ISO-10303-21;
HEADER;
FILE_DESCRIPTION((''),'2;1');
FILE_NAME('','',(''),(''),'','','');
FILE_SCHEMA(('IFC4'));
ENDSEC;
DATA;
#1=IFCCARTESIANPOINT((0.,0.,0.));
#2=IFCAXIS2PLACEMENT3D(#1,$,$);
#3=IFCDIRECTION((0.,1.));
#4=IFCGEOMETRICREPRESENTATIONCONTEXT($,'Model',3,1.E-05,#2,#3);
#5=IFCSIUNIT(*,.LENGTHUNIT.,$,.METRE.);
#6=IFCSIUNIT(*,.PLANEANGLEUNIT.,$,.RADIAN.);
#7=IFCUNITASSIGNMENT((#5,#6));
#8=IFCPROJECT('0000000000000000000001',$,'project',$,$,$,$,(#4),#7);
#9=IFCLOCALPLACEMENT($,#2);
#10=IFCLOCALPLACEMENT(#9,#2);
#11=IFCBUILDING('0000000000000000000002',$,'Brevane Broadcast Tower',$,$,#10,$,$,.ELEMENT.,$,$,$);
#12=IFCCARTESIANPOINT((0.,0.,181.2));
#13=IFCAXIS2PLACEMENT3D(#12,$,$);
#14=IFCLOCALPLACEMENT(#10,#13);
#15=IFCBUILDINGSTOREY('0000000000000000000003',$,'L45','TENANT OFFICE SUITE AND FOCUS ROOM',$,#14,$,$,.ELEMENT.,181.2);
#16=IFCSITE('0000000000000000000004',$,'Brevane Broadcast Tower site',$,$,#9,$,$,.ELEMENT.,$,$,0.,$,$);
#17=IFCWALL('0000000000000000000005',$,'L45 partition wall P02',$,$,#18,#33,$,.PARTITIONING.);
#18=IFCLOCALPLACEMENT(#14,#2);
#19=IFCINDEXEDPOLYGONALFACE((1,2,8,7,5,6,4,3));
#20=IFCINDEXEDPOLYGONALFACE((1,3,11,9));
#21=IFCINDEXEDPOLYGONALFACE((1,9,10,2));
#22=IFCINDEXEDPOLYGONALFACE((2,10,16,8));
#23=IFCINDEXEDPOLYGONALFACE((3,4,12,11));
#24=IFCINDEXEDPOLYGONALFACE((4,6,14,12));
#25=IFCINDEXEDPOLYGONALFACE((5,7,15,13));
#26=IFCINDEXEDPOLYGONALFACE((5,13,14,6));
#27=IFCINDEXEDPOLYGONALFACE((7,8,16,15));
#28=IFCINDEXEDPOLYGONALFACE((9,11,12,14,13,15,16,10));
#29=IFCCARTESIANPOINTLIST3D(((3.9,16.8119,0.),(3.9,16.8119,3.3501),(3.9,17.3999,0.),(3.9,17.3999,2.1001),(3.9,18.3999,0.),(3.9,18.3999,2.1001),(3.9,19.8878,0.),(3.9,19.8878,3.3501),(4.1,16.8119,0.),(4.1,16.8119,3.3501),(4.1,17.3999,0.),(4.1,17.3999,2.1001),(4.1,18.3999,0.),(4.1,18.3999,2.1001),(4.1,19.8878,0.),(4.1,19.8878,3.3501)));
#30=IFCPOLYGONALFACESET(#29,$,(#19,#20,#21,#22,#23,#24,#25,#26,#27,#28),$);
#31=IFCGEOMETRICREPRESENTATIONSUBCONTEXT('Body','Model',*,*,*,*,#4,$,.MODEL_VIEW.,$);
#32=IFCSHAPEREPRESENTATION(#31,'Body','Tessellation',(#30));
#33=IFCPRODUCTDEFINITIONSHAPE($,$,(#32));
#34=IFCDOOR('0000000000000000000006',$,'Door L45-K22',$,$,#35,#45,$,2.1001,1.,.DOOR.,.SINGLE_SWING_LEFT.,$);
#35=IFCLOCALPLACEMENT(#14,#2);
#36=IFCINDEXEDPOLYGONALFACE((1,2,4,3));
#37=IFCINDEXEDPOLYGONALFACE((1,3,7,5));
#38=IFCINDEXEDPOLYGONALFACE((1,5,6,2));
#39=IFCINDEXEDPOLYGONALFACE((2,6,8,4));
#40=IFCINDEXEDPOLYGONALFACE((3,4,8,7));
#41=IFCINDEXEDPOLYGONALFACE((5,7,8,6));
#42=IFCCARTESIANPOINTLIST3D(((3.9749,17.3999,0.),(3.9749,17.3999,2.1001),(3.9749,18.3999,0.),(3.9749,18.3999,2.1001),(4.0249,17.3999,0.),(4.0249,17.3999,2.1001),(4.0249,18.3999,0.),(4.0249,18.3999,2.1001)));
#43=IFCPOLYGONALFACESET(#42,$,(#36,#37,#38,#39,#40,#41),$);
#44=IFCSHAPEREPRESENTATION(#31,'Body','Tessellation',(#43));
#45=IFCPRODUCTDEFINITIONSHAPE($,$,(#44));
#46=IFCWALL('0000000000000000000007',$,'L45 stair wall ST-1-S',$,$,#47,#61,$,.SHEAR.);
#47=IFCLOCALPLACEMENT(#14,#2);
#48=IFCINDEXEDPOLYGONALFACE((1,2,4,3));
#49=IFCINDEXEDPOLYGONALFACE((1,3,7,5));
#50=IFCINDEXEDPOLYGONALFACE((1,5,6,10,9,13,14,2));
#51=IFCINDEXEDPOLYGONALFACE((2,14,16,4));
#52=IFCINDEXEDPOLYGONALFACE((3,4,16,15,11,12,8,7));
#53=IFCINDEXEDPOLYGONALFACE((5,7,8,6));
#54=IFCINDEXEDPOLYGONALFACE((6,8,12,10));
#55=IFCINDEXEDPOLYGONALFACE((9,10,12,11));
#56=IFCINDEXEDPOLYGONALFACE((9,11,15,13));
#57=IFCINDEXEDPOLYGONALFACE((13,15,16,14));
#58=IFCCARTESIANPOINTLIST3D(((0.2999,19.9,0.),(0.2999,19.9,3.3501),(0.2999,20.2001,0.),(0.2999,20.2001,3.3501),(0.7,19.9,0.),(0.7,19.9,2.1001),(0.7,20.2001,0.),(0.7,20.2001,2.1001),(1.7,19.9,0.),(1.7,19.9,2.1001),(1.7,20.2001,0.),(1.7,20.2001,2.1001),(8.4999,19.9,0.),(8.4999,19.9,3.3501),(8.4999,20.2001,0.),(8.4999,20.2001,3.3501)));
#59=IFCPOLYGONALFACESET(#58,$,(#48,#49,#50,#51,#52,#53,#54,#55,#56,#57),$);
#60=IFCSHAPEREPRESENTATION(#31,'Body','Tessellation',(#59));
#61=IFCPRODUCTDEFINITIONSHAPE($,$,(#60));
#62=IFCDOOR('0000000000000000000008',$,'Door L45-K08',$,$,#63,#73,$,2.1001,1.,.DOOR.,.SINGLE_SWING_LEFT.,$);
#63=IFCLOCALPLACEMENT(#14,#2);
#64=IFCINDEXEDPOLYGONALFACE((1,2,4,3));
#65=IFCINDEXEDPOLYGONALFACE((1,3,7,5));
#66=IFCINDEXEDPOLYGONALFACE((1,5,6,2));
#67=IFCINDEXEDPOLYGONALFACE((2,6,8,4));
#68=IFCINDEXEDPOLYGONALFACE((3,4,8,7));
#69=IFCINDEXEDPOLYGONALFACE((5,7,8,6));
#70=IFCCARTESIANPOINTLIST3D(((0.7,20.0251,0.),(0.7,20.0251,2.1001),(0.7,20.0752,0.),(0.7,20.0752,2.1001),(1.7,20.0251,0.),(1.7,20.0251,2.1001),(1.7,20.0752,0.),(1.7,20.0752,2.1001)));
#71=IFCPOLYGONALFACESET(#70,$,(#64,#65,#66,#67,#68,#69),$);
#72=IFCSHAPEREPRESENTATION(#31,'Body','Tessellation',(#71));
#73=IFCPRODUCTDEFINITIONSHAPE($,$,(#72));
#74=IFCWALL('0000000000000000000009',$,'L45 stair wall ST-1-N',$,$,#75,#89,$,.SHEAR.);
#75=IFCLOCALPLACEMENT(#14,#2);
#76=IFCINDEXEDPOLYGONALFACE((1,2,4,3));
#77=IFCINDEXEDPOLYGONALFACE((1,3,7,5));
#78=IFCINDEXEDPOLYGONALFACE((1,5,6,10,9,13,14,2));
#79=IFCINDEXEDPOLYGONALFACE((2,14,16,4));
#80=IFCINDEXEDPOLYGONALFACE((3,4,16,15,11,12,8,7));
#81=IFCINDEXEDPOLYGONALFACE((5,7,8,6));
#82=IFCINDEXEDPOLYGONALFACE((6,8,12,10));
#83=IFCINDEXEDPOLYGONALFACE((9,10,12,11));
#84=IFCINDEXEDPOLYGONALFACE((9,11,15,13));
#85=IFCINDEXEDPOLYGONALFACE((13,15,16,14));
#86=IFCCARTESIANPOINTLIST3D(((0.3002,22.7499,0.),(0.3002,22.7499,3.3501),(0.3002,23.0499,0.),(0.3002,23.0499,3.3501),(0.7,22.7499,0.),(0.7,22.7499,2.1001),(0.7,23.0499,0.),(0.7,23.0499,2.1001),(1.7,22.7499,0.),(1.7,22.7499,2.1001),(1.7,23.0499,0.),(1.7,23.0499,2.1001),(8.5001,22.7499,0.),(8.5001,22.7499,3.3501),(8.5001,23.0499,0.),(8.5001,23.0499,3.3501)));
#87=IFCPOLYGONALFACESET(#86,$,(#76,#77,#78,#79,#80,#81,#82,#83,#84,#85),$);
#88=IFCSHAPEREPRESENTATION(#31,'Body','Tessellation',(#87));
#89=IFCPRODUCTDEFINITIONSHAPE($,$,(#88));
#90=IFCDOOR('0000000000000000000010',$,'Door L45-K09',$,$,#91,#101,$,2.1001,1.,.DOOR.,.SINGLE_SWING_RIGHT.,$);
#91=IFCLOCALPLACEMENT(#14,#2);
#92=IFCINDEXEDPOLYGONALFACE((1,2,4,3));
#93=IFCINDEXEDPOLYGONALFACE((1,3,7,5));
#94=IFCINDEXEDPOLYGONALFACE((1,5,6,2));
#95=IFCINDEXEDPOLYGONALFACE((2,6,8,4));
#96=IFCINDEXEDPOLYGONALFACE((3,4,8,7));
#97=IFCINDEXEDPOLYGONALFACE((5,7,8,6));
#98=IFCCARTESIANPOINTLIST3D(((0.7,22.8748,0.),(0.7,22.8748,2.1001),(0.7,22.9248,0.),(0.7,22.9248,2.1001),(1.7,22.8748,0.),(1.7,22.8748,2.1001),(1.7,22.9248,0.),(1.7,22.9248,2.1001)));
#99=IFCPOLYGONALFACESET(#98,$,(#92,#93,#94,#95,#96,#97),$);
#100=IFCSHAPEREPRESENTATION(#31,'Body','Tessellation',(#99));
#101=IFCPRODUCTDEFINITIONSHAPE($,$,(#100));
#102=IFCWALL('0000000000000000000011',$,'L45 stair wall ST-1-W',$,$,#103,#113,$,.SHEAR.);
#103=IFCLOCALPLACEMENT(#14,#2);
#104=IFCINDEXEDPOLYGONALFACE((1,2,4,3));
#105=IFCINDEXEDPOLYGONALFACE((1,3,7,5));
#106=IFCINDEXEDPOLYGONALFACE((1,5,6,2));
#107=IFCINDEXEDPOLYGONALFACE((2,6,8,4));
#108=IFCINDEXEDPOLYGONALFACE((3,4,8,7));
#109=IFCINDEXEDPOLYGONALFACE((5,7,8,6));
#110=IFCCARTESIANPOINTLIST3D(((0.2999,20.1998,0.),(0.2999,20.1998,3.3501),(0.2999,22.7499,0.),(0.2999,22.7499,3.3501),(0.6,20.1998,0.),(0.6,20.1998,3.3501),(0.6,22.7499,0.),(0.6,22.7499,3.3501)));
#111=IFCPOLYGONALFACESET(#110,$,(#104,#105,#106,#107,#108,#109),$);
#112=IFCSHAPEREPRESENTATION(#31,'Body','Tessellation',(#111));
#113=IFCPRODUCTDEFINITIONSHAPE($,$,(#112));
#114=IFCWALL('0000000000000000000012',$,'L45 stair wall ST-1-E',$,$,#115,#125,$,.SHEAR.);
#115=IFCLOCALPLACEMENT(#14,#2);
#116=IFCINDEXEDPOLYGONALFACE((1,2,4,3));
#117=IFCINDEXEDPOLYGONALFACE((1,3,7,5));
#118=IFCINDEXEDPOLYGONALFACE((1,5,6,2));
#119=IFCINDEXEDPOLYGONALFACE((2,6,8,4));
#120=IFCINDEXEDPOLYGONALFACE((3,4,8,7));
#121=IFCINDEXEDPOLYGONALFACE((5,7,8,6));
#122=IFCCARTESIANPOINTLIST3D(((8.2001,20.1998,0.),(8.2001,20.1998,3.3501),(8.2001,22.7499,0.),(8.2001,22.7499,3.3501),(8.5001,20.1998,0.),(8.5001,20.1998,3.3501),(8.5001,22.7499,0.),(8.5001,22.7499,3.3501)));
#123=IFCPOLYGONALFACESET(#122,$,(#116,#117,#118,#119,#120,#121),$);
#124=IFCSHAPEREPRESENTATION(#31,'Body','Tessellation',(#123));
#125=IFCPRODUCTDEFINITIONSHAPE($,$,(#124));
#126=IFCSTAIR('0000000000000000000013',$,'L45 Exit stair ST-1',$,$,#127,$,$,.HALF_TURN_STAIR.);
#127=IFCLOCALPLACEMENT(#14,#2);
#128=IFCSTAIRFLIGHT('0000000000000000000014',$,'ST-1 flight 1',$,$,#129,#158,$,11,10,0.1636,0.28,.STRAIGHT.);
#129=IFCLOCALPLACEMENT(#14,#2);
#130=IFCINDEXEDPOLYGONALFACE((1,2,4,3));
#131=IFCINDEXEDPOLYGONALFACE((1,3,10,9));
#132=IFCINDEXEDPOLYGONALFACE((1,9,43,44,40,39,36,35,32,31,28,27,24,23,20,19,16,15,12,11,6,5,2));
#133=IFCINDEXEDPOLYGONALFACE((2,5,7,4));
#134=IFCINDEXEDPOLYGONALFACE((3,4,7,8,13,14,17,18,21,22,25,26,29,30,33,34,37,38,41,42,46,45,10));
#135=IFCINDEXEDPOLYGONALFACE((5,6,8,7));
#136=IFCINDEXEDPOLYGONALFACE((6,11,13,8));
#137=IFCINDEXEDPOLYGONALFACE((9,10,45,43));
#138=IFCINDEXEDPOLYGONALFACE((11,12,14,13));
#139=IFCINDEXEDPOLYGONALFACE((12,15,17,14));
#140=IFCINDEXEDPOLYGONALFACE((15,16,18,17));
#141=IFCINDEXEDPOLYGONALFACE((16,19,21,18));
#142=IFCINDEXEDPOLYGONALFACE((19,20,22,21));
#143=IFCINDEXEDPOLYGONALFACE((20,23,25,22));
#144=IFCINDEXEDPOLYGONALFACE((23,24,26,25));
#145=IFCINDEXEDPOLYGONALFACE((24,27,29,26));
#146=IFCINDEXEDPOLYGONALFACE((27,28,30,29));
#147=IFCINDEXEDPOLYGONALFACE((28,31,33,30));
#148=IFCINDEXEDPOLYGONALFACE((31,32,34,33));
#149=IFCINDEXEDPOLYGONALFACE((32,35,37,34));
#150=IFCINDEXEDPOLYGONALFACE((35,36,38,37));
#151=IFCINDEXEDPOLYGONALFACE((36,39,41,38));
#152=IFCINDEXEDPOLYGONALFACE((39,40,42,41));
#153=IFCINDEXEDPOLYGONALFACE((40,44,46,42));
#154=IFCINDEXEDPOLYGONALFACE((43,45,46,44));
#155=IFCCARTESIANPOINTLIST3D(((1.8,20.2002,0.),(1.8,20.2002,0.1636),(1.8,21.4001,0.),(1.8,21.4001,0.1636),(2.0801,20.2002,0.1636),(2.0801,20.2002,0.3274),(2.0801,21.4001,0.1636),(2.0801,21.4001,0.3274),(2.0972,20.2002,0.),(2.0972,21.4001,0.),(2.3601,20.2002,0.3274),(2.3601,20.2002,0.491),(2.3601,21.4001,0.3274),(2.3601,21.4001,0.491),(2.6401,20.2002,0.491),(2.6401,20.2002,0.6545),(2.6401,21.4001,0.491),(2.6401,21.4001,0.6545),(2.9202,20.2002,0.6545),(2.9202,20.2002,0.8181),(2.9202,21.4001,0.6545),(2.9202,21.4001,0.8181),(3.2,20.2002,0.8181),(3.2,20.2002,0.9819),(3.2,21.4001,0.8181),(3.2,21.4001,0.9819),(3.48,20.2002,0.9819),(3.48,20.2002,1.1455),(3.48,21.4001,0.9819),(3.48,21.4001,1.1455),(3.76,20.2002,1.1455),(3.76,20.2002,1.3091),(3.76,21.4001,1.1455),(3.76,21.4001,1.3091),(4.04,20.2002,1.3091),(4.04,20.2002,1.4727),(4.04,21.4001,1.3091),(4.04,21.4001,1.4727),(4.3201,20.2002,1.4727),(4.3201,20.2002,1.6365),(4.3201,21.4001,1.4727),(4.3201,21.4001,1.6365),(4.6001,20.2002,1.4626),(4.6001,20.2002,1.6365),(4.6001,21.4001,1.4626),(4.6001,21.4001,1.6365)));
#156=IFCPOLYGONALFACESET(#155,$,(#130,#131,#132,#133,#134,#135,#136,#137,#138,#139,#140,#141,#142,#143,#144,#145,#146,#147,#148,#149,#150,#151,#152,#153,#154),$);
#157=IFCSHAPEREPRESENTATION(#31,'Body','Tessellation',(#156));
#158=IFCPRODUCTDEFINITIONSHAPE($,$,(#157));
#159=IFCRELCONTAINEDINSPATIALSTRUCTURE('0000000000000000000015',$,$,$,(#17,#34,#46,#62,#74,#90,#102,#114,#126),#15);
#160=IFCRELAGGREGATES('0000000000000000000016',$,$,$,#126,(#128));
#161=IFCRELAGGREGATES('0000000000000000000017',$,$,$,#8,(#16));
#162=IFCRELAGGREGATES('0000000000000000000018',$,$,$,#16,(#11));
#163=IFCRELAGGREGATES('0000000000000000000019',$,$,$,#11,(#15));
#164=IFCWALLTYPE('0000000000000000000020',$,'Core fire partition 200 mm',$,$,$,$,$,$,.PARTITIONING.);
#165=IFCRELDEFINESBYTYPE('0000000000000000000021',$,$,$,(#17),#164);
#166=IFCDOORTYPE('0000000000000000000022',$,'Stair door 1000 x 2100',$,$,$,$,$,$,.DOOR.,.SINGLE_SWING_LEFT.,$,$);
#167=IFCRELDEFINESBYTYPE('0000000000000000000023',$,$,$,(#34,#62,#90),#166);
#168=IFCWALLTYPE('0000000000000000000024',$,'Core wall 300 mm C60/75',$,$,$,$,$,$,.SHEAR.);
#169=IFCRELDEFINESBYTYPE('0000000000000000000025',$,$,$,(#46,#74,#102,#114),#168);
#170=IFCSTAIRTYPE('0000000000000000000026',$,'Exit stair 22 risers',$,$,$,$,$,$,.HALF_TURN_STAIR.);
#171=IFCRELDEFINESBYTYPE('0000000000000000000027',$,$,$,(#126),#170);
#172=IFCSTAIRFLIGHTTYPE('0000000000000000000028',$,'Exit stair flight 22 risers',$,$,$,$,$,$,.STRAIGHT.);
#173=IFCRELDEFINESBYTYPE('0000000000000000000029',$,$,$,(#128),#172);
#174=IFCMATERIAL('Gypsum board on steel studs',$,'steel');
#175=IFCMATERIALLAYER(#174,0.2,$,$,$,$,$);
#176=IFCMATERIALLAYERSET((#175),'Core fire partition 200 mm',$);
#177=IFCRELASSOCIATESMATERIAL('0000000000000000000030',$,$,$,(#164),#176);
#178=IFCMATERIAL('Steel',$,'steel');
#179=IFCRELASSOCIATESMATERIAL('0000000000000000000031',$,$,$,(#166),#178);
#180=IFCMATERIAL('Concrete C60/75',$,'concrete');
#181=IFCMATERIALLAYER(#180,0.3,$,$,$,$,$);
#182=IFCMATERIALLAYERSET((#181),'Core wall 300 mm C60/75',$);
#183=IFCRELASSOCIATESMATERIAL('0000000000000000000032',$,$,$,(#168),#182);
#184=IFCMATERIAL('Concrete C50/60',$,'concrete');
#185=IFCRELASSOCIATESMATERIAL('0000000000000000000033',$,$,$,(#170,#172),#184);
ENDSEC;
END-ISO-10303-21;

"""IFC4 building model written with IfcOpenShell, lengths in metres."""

from ifc_helpers import new_model, si_unit, direction, frame, frame_2d, origin, place, context, subcontext, project, spatial, polyline, rectangle, outline, extrude, material, layer, layer_set, type_object, element, fill, aggregate, save


model = new_model("IFC4")

# Units and contexts
model_context = context("Model", 3, precision=1e-05, world=origin(), true_north=direction((0.0, 1.0)))
body_context = subcontext(model_context, "Body", "Model", "MODEL_VIEW")
ifc_project = project(units=[si_unit("LENGTHUNIT", "METRE"), si_unit("PLANEANGLEUNIT", "RADIAN")], contexts=[model_context])

# Site, building, storey
site_placement = place(None, origin())
site = spatial("IfcSite", under=ifc_project, at=site_placement, Name="Brevane Broadcast Tower site", CompositionType="ELEMENT", RefElevation=0.0)
building_placement = place(site_placement, origin())
building = spatial("IfcBuilding", under=site, at=building_placement, Name="Brevane Broadcast Tower", CompositionType="ELEMENT")
storey_placement = place(building_placement, frame((0.0, 0.0, 181.2)))
storey = spatial("IfcBuildingStorey", under=building, at=storey_placement, Name="L45", Description="TENANT OFFICE SUITE AND FOCUS ROOM", CompositionType="ELEMENT", Elevation=181.2)

# Shared definitions
ifc_material_1 = material(Name="Concrete C60/75", Category="concrete")

# Shared definitions
ifc_material_2 = material(Name="Gypsum board on steel studs", Category="steel")
ifc_material_3 = material(Name="Steel", Category="steel")

# Shared definitions
ifc_layer_1 = layer(ifc_material_2, 0.2)
ifc_layer_set_1 = layer_set([ifc_layer_1], Name="Core fire partition 200 mm")
wall_type_1 = type_object("IfcWallType", Name="Core fire partition 200 mm", PredefinedType="PARTITIONING", material=ifc_layer_set_1)

# Walls, openings, doors
wall_1_placement = place(storey_placement, frame((4.0, 19.8879, 0.0), z_axis=(0.0, 0.0, 1.0), x_axis=(0.0, -1.0, 0.0)))
wall_1 = element("IfcWall", 1, at=wall_1_placement, inside=storey, type_object=wall_type_1, Name="L45 partition wall P02", PredefinedType="PARTITIONING", context=body_context, shape_type="SweptSolid", body=[
    extrude(rectangle(XDim=3.0759, YDim=0.2, at=frame_2d((1.5381, 0.0))), origin(), (0.0, 0.0, 1.0), 3.3501),
])
opening_1_placement = place(wall_1_placement, frame((1.488, 0.0, 0.0)))
opening_1 = element("IfcOpeningElement", 2, at=opening_1_placement, cuts=wall_1, PredefinedType="OPENING", context=body_context, shape_type="SweptSolid", body=[
    extrude(rectangle(XDim=1.0, YDim=2.1001, at=frame_2d((0.5, 1.05))), frame((0.0, 0.1099, 0.0), z_axis=(0.0, -1.0, 0.0), x_axis=(1.0, 0.0, 0.0)), (0.0, 0.0, 1.0), 0.22),
])
door_type_1 = type_object("IfcDoorType", Name="Stair door 1000 x 2100", OperationType="SINGLE_SWING_LEFT", PredefinedType="DOOR", material=ifc_material_3)
door_1_placement = place(opening_1_placement, origin())
door_1 = element("IfcDoor", 3, at=door_1_placement, inside=storey, type_object=door_type_1, Name="Door L45-K22", OperationType="SINGLE_SWING_LEFT", OverallHeight=2.1001, OverallWidth=1.0, PredefinedType="DOOR", context=body_context, shape_type="SweptSolid", body=[
    extrude(rectangle(XDim=1.0, YDim=2.1001, at=frame_2d((0.5, 1.05))), frame((0.0, 0.0249, 0.0), z_axis=(0.0, -1.0, 0.0), x_axis=(1.0, 0.0, 0.0)), (0.0, 0.0, 1.0), 0.05),
])
fill(opening_1, door_1)
ifc_layer_2 = layer(ifc_material_1, 0.3)
ifc_layer_set_2 = layer_set([ifc_layer_2], Name="Core wall 300 mm C60/75")
wall_type_2 = type_object("IfcWallType", Name="Core wall 300 mm C60/75", PredefinedType="SHEAR", material=ifc_layer_set_2)
wall_2_placement = place(storey_placement, frame((8.5, 20.05, 0.0), z_axis=(0.0, 0.0, 1.0), x_axis=(-1.0, 0.0, 0.0)))
wall_2 = element("IfcWall", 4, at=wall_2_placement, inside=storey, type_object=wall_type_2, Name="L45 stair wall ST-1-S", PredefinedType="SHEAR", context=body_context, shape_type="SweptSolid", body=[
    extrude(rectangle(XDim=8.2, YDim=0.3, at=frame_2d((4.1001, 0.0))), origin(), (0.0, 0.0, 1.0), 3.3501),
])
opening_2_placement = place(wall_2_placement, frame((6.8, 0.0, 0.0)))
opening_2 = element("IfcOpeningElement", 5, at=opening_2_placement, cuts=wall_2, PredefinedType="OPENING", context=body_context, shape_type="SweptSolid", body=[
    extrude(rectangle(XDim=1.0, YDim=2.1001, at=frame_2d((0.5, 1.05))), frame((0.0, 0.1599, 0.0), z_axis=(0.0, -1.0, 0.0), x_axis=(1.0, 0.0, 0.0)), (0.0, 0.0, 1.0), 0.3201),
])
door_2_placement = place(opening_2_placement, origin())
door_2 = element("IfcDoor", 6, at=door_2_placement, inside=storey, type_object=door_type_1, Name="Door L45-K08", OperationType="SINGLE_SWING_LEFT", OverallHeight=2.1001, OverallWidth=1.0, PredefinedType="DOOR", context=body_context, shape_type="SweptSolid", body=[
    extrude(rectangle(XDim=1.0, YDim=2.1001, at=frame_2d((0.5, 1.05))), frame((0.0, 0.0249, 0.0), z_axis=(0.0, -1.0, 0.0), x_axis=(1.0, 0.0, 0.0)), (0.0, 0.0, 1.0), 0.05),
])
fill(opening_2, door_2)
wall_3_placement = place(storey_placement, frame((0.3, 22.8999, 0.0), z_axis=(0.0, 0.0, 1.0), x_axis=(1.0, 0.0, 0.0)))
wall_3 = element("IfcWall", 7, at=wall_3_placement, inside=storey, type_object=wall_type_2, Name="L45 stair wall ST-1-N", PredefinedType="SHEAR", context=body_context, shape_type="SweptSolid", body=[
    extrude(rectangle(XDim=8.2, YDim=0.3, at=frame_2d((4.1001, 0.0))), origin(), (0.0, 0.0, 1.0), 3.3501),
])
opening_3_placement = place(wall_3_placement, frame((0.3999, 0.0, 0.0)))
opening_3 = element("IfcOpeningElement", 8, at=opening_3_placement, cuts=wall_3, PredefinedType="OPENING", context=body_context, shape_type="SweptSolid", body=[
    extrude(rectangle(XDim=1.0, YDim=2.1001, at=frame_2d((0.5, 1.05))), frame((0.0, 0.1599, 0.0), z_axis=(0.0, -1.0, 0.0), x_axis=(1.0, 0.0, 0.0)), (0.0, 0.0, 1.0), 0.3201),
])
door_3_placement = place(opening_3_placement, origin())
door_3 = element("IfcDoor", 9, at=door_3_placement, inside=storey, type_object=door_type_1, Name="Door L45-K09", OperationType="SINGLE_SWING_RIGHT", OverallHeight=2.1001, OverallWidth=1.0, PredefinedType="DOOR", context=body_context, shape_type="SweptSolid", body=[
    extrude(rectangle(XDim=1.0, YDim=2.1001, at=frame_2d((0.5, 1.05))), frame((0.0, 0.0249, 0.0), z_axis=(0.0, -1.0, 0.0), x_axis=(1.0, 0.0, 0.0)), (0.0, 0.0, 1.0), 0.05),
])
fill(opening_3, door_3)

# Walls
for number, where, z_axis, x_axis, name in (
    (10, (0.45, 20.2, 0.0), (0.0, 0.0, 1.0), (0.0, 1.0, 0.0), "L45 stair wall ST-1-W"),
    (11, (8.3501, 20.2, 0.0), (0.0, 0.0, 1.0), (0.0, 1.0, 0.0), "L45 stair wall ST-1-E"),
):
    element("IfcWall", number, at=place(storey_placement, frame(where, z_axis=z_axis, x_axis=x_axis)), inside=storey, type_object=wall_type_2, Name=name, PredefinedType="SHEAR", context=body_context, shape_type="SweptSolid", body=[
        extrude(rectangle(XDim=2.55, YDim=0.3, at=frame_2d((1.2749, 0.0))), origin(), (0.0, 0.0, 1.0), 3.3501),
    ])

# Stair, stair flight
ifc_material_4 = material(Name="Concrete C50/60", Category="concrete")
stair_type = type_object("IfcStairType", Name="Exit stair 22 risers", PredefinedType="HALF_TURN_STAIR", material=ifc_material_4)
stair_placement = place(storey_placement, origin())
stair = element("IfcStair", 12, at=stair_placement, inside=storey, type_object=stair_type, Name="L45 Exit stair ST-1", PredefinedType="HALF_TURN_STAIR")
stair_flight_type = type_object("IfcStairFlightType", Name="Exit stair flight 22 risers", PredefinedType="STRAIGHT", material=ifc_material_4)
stair_flight_1_placement = place(storey_placement, frame((1.8, 20.8, 0.0), z_axis=(0.0, 0.0, 1.0), x_axis=(1.0, 0.0, 0.0)))
stair_flight_1 = element("IfcStairFlight", 13, at=stair_flight_1_placement, type_object=stair_flight_type, Name="ST-1 flight 1", NumberOfRisers=11, NumberOfTreads=10, PredefinedType="STRAIGHT", RiserHeight=0.1636, TreadLength=0.28, context=body_context, shape_type="SweptSolid", body=[
    extrude(outline(polyline([(0.0, 0.0), (0.0, 0.1636), (0.28, 0.1636), (0.28, 0.3274), (0.5601, 0.3274), (0.5601, 0.491), (0.8401, 0.491), (0.8401, 0.6545), (1.1201, 0.6545), (1.1201, 0.8181), (1.3999, 0.8181), (1.3999, 0.9819), (1.6799, 0.9819), (1.6799, 1.1455), (1.96, 1.1455), (1.96, 1.3091), (2.24, 1.3091), (2.24, 1.4727), (2.52, 1.4727), (2.52, 1.6365), (2.8, 1.6365), (2.8, 1.8), (2.8, 1.4626), (0.2971, 0.0), (0.0, 0.0)])), frame((0.0, 0.6001, 0.0), z_axis=(0.0, -1.0, 0.0), x_axis=(1.0, 0.0, 0.0)), (0.0, 0.0, 1.0), 1.2),
])
aggregate(stair, [stair_flight_1])

save(model, "model.ifc")
